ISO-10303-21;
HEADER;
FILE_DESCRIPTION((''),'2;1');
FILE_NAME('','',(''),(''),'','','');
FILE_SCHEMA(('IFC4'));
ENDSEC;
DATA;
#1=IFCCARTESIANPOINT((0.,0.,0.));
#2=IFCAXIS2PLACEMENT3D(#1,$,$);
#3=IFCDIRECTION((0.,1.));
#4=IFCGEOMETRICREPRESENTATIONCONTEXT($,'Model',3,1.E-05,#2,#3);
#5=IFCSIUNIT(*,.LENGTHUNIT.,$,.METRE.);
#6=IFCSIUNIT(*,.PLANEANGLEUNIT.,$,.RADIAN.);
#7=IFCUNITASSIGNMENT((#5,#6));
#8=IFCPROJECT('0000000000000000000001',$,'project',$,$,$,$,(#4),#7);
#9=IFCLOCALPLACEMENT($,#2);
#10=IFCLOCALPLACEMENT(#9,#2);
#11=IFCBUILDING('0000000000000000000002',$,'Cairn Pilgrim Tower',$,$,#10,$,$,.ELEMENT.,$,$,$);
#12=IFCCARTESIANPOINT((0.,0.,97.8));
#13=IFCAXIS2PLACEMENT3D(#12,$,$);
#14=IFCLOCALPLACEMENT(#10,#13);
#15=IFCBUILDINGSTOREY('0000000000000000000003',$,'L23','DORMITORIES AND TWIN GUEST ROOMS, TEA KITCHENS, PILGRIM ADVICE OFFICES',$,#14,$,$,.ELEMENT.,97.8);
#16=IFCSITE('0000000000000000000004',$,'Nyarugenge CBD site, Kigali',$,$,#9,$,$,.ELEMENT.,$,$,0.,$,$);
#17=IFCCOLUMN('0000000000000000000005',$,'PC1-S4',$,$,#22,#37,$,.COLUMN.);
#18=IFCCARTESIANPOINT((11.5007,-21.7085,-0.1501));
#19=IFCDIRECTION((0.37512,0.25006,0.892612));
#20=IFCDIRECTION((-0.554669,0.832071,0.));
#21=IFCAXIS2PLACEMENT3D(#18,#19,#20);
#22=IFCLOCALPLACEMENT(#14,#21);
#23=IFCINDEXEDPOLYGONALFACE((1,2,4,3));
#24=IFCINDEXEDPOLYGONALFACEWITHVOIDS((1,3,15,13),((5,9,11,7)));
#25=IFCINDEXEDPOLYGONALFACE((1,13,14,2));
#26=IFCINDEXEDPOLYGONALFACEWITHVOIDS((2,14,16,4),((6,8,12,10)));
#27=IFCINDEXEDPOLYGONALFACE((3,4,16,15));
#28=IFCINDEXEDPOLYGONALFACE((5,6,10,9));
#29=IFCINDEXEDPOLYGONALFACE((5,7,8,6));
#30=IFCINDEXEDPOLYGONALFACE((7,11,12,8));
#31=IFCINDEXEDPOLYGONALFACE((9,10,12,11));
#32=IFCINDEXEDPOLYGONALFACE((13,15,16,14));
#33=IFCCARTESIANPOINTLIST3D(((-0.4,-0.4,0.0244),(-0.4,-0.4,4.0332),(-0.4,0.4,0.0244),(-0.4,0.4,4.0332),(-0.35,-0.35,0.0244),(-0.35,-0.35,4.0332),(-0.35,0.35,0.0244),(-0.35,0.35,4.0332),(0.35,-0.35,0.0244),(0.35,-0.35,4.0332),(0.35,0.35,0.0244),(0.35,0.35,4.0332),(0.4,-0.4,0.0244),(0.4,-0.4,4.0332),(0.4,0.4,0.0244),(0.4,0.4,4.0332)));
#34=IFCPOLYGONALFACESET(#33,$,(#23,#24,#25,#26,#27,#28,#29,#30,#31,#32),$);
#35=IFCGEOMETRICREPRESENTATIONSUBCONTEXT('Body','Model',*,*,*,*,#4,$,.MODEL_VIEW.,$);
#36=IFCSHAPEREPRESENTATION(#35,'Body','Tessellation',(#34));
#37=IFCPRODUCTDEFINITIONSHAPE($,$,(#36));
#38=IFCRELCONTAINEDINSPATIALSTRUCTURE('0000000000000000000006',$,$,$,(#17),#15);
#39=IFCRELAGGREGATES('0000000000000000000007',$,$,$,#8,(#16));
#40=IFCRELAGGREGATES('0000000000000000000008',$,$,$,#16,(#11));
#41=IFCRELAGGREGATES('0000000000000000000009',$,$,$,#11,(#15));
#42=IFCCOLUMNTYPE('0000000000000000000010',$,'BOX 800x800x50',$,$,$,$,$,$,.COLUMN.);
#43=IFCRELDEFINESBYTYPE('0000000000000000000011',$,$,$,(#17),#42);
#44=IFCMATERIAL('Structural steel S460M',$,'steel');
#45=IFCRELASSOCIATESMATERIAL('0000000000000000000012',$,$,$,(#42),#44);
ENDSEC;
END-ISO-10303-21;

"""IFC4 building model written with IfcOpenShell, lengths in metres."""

from ifc_helpers import new_model, si_unit, direction, frame, origin, origin_2d, place, context, subcontext, project, spatial, hollow_rectangle, extrude, clip, halfspace, material, material_profile, profile_set, type_object, element, save


model = new_model("IFC4")

# Units and contexts
model_context = context("Model", 3, precision=1e-05, world=origin(), true_north=direction((0.0, 1.0)))
body_context = subcontext(model_context, "Body", "Model", "MODEL_VIEW")
ifc_project = project(units=[si_unit("LENGTHUNIT", "METRE"), si_unit("PLANEANGLEUNIT", "RADIAN")], contexts=[model_context])

# Site, building, storey
site_placement = place(None, origin())
site = spatial("IfcSite", under=ifc_project, at=site_placement, Name="Nyarugenge CBD site, Kigali", CompositionType="ELEMENT", RefElevation=0.0)
building_placement = place(site_placement, origin())
building = spatial("IfcBuilding", under=site, at=building_placement, Name="Cairn Pilgrim Tower", CompositionType="ELEMENT")
storey_placement = place(building_placement, frame((0.0, 0.0, 97.8)))
storey = spatial("IfcBuildingStorey", under=building, at=storey_placement, Name="L23", Description="DORMITORIES AND TWIN GUEST ROOMS, TEA KITCHENS, PILGRIM ADVICE OFFICES", CompositionType="ELEMENT", Elevation=97.8)

# Column
ifc_material_1 = material(Name="Structural steel S460M", Category="steel")
ifc_material_profile_1 = material_profile(ifc_material_1, hollow_rectangle(XDim=0.8, YDim=0.8, WallThickness=0.05, at=origin_2d()), Name="BOX 800x800x50")
ifc_profile_set_1 = profile_set([ifc_material_profile_1], Name="Structural steel S460M")
column_type = type_object("IfcColumnType", Name="BOX 800x800x50", PredefinedType="COLUMN", material=ifc_profile_set_1)
column_placement = place(storey_placement, frame((11.5007, -21.7085, -0.1501), z_axis=(0.37512, 0.25006, 0.892612), x_axis=(-0.554669, 0.832071, 0.0)))
element("IfcColumn", 1, at=column_placement, inside=storey, type_object=column_type, Name="PC1-S4", PredefinedType="COLUMN", context=body_context, shape_type="Clipping", body=[
    clip(extrude(hollow_rectangle(XDim=0.8, YDim=0.8, WallThickness=0.05, at=origin_2d()), origin(), (0.0, 0.0, 1.0), 4.0332), halfspace(frame((0.0, 0.0, 0.0244), z_axis=(0.0, 0.0, 1.0), x_axis=(1.0, 0.0, 0.0)), True)),
])

save(model, "model.ifc")
